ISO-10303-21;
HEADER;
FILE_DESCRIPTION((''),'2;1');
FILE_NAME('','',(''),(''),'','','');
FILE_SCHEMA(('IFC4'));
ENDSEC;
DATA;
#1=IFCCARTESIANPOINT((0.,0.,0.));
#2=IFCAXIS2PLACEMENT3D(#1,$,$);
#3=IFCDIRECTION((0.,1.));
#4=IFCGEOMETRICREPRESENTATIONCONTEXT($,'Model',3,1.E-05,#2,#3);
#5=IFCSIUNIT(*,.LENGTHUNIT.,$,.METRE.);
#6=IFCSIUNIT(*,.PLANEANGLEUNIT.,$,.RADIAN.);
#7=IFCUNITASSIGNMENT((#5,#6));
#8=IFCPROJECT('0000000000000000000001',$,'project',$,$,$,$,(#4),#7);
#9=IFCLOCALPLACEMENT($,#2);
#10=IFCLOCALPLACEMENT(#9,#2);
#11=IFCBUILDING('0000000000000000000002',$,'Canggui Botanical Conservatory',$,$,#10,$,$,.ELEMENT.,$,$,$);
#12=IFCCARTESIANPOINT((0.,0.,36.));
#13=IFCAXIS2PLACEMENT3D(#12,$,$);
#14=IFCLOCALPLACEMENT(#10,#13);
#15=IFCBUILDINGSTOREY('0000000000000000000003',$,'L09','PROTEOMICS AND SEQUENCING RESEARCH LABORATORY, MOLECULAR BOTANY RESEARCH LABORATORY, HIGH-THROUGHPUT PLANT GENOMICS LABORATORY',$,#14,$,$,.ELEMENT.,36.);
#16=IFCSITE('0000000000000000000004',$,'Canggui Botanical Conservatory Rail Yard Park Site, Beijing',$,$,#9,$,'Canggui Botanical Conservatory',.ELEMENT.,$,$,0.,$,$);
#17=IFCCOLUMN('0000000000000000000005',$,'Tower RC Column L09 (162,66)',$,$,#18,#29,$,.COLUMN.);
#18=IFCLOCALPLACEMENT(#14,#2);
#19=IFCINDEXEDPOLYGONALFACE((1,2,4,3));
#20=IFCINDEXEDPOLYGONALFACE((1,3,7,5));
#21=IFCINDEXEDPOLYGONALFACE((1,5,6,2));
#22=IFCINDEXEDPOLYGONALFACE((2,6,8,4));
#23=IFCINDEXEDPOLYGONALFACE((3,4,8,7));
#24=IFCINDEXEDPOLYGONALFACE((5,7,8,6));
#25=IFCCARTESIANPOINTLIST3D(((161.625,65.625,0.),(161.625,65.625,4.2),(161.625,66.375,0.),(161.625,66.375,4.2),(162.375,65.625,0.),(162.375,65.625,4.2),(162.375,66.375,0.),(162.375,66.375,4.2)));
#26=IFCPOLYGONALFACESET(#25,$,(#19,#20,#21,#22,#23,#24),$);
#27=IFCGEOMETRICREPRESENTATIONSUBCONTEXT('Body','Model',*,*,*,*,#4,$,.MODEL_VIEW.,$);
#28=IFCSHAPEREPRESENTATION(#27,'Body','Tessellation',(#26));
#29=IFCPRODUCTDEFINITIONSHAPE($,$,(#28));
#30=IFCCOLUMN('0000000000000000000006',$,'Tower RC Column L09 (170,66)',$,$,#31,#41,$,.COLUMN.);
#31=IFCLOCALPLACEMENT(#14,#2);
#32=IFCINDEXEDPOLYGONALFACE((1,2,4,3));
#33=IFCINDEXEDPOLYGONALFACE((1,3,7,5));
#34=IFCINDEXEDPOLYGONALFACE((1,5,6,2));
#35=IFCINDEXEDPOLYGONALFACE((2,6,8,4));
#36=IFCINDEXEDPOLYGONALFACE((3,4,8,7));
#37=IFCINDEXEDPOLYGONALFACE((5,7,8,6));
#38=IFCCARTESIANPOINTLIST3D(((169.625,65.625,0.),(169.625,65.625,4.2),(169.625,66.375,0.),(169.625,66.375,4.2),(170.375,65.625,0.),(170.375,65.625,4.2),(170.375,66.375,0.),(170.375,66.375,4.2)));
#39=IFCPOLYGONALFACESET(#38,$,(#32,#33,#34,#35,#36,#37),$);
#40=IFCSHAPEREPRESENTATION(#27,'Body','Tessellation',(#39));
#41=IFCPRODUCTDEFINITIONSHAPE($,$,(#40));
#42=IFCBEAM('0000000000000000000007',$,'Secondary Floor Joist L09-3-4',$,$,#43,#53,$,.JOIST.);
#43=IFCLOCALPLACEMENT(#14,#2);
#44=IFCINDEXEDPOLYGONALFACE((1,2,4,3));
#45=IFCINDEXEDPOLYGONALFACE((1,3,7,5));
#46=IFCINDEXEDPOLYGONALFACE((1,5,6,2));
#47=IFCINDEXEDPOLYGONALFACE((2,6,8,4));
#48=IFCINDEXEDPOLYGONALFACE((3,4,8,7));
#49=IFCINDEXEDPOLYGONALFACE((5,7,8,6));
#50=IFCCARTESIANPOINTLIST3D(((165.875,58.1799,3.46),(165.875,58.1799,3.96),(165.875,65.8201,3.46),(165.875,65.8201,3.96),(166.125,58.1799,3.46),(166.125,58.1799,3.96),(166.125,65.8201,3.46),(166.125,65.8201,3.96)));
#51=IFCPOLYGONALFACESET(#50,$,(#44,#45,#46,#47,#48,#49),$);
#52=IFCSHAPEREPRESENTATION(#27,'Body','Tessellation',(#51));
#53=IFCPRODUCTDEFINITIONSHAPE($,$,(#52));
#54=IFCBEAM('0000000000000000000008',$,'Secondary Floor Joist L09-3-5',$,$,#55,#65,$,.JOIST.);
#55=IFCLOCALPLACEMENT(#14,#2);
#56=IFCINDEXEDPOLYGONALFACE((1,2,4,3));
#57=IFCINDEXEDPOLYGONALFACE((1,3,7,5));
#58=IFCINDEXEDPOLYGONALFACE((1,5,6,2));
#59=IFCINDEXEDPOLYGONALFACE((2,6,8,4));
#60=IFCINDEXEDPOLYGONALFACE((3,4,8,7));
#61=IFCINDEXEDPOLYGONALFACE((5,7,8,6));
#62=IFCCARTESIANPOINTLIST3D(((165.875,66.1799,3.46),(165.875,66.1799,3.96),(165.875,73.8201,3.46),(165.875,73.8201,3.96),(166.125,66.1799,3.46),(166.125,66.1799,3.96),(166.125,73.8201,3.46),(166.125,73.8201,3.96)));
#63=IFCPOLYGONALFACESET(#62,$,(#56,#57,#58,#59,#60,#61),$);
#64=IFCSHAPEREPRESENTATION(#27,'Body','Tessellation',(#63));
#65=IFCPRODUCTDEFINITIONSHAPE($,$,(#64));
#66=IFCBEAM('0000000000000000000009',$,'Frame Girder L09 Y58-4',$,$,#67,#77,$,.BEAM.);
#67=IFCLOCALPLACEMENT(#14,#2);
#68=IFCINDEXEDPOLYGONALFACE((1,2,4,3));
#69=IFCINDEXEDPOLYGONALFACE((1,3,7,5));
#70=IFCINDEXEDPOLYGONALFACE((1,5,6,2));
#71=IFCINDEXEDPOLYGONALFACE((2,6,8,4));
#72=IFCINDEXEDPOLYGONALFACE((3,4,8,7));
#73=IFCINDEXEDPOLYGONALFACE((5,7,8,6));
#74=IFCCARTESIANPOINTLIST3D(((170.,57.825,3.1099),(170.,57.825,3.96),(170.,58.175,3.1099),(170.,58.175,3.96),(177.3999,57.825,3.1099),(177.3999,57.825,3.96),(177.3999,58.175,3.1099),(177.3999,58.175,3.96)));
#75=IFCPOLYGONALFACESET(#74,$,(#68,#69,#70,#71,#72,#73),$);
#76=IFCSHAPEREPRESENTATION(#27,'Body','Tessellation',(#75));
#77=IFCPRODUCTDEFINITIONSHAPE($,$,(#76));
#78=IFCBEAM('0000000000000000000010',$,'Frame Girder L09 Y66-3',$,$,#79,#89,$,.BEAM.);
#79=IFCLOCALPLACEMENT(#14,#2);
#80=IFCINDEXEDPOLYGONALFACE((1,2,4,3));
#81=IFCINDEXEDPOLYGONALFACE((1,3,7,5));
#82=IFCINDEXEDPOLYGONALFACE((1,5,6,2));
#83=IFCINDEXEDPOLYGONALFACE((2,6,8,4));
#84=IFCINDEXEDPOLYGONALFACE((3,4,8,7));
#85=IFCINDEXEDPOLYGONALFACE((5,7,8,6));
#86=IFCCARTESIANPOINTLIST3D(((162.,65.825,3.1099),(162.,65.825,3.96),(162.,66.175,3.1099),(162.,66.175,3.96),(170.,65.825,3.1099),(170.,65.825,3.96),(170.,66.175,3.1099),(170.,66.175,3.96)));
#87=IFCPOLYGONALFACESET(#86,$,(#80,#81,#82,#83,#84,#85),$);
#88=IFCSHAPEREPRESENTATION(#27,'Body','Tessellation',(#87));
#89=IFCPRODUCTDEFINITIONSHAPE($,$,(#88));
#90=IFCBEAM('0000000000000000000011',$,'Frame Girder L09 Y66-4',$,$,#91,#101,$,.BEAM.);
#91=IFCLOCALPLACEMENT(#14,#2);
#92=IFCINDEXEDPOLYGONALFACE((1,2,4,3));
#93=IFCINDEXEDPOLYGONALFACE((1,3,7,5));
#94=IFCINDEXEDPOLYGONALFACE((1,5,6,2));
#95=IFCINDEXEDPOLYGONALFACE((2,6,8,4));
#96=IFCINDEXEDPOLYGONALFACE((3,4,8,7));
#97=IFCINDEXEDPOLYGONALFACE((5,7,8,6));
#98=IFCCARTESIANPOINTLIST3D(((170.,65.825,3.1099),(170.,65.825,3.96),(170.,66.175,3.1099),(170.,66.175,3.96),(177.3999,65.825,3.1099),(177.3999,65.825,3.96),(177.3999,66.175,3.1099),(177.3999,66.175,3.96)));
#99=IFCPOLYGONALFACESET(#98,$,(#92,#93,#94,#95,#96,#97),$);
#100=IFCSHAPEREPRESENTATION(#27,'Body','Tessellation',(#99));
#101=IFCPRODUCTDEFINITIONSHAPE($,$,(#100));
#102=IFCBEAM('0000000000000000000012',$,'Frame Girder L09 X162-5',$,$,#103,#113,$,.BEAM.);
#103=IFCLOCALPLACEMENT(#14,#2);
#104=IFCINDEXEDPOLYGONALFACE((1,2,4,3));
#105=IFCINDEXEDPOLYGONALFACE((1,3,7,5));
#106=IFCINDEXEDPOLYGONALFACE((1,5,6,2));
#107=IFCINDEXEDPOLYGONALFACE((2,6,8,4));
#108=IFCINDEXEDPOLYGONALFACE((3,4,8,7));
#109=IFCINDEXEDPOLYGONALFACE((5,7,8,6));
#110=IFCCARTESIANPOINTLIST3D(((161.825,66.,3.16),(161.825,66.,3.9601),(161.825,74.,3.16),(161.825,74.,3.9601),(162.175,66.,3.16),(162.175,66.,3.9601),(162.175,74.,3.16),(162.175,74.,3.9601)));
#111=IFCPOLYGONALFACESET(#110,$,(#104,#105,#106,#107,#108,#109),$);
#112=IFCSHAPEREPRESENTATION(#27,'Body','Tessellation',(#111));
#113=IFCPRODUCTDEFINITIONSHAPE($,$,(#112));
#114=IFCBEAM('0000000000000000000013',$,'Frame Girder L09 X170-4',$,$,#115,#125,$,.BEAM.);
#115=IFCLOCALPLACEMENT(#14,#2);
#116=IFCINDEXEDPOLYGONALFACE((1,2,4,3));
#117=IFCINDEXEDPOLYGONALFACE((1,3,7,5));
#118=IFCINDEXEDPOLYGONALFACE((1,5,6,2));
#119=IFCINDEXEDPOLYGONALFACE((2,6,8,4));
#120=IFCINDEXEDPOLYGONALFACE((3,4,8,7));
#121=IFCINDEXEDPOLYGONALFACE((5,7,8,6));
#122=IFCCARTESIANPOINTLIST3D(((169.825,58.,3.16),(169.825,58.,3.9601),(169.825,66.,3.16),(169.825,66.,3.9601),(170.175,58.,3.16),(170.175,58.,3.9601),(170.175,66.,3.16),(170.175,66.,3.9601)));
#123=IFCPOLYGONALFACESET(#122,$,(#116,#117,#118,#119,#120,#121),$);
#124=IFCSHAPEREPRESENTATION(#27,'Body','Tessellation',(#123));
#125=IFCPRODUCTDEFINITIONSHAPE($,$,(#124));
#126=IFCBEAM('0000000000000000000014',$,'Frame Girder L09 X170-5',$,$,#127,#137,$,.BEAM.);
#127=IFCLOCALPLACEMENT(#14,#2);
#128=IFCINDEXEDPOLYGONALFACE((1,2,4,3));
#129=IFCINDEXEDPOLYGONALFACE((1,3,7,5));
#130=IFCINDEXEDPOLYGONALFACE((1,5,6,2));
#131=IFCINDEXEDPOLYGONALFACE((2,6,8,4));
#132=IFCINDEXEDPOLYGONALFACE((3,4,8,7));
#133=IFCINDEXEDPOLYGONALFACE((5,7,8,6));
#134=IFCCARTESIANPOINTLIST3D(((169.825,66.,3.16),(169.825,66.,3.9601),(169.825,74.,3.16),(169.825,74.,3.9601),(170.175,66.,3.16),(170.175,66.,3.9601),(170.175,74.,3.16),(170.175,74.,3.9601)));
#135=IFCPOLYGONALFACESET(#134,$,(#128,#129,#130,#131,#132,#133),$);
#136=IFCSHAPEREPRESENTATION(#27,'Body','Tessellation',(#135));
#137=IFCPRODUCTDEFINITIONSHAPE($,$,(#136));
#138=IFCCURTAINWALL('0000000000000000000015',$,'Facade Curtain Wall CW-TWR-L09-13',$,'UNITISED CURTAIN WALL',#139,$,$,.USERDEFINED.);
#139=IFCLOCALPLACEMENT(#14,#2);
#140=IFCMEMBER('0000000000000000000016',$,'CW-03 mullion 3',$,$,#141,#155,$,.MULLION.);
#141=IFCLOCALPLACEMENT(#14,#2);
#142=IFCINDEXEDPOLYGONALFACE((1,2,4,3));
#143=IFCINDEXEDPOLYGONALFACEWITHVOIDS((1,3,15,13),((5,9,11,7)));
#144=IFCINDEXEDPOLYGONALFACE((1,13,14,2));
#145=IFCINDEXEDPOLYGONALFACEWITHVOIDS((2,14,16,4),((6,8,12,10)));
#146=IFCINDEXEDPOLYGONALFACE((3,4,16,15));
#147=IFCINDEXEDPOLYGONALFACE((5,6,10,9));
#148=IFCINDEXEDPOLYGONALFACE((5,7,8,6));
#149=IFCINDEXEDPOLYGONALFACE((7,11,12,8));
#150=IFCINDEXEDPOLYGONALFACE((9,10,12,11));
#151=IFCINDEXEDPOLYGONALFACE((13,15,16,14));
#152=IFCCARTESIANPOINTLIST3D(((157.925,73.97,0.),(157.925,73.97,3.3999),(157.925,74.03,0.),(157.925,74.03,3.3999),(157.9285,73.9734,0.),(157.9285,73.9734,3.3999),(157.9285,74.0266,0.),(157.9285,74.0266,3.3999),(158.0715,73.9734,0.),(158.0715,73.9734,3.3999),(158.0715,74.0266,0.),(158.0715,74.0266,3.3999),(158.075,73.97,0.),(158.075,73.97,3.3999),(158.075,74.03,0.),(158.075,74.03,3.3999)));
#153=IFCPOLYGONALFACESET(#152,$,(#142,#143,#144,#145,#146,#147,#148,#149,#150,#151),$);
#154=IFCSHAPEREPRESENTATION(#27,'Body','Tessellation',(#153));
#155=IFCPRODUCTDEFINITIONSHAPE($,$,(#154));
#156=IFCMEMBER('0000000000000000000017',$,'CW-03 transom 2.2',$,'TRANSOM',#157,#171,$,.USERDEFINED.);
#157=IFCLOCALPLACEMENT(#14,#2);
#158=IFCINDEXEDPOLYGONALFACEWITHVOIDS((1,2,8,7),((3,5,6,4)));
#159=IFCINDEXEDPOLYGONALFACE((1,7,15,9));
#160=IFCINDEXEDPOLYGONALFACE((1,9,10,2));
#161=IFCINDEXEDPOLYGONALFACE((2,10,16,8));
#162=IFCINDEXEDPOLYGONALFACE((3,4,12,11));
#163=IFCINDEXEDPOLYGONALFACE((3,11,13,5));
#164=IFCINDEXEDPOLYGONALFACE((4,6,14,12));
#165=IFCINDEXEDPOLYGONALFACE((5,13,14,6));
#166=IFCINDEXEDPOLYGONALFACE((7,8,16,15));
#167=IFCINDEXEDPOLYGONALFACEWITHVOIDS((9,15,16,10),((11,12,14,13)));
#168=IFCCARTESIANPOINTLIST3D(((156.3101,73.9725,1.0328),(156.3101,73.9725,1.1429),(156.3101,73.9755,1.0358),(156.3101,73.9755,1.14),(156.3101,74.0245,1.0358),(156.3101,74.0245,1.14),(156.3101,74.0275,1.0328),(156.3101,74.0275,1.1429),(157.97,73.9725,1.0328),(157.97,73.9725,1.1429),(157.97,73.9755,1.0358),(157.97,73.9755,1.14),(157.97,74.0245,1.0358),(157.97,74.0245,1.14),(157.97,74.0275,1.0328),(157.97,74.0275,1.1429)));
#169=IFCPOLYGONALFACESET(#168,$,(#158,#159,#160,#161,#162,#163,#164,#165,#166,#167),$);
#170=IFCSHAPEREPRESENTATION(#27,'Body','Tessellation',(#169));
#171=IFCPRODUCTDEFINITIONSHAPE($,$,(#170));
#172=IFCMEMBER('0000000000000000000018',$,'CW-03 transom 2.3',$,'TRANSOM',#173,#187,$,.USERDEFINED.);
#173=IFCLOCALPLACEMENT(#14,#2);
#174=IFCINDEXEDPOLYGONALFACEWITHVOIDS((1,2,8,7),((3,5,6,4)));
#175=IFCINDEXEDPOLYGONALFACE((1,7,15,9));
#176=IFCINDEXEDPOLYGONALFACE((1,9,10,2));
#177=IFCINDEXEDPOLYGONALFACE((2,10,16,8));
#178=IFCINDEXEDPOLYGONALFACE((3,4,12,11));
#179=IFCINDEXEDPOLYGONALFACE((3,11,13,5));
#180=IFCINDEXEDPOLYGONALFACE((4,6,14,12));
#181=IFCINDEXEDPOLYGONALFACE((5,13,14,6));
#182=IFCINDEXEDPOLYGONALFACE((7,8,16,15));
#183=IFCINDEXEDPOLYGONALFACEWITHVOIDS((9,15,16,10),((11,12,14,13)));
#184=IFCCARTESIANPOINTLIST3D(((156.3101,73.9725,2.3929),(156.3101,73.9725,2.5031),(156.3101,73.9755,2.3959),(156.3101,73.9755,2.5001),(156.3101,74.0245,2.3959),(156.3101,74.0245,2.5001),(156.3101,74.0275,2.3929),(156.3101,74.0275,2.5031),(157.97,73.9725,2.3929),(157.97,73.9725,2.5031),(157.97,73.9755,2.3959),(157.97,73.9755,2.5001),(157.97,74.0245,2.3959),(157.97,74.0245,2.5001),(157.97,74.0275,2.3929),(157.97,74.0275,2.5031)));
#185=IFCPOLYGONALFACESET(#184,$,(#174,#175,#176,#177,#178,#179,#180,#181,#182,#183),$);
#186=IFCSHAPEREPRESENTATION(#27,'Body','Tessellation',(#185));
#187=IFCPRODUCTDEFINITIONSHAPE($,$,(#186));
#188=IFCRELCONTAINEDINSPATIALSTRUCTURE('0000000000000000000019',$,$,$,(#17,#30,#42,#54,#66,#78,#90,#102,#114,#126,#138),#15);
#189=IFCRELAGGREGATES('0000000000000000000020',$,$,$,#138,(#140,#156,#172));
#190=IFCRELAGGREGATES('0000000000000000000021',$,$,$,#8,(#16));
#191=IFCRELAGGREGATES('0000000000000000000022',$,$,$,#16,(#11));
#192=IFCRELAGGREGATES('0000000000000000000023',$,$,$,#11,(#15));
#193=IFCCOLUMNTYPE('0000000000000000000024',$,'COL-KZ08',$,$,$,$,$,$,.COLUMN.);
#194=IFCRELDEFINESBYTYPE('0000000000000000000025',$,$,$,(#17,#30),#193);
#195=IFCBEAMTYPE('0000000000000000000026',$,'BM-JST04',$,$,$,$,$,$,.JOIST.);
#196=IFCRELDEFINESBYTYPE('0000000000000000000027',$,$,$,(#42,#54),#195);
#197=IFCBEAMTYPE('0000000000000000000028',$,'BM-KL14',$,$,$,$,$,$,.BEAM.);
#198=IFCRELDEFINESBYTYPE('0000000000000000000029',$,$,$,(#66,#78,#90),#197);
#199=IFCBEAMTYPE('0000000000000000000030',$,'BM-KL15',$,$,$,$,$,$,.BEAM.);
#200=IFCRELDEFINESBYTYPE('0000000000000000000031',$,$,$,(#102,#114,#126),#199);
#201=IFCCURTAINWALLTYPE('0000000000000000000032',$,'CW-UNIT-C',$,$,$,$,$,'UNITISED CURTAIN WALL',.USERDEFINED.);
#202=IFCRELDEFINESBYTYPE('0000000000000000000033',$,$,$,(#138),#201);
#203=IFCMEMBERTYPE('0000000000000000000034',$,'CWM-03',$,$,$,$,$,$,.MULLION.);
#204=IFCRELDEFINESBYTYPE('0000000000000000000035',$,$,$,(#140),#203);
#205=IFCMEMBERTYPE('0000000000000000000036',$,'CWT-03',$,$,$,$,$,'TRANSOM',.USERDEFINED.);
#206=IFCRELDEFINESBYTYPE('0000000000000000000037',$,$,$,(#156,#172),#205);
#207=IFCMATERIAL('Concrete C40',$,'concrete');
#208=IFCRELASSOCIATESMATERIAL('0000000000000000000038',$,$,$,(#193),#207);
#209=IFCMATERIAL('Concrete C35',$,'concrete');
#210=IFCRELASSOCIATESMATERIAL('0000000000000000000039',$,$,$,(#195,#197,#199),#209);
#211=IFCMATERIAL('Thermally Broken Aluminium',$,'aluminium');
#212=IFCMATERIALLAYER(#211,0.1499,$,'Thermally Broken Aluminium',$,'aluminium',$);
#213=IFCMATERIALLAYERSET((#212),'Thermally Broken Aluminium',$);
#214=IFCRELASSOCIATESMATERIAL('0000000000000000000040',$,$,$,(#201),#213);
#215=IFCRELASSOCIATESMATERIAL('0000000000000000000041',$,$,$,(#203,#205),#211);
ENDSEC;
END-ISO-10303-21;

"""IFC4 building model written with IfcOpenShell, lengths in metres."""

from ifc_helpers import new_model, si_unit, direction, frame, origin, origin_2d, place, context, subcontext, project, spatial, rectangle, hollow_rectangle, extrude, material, layer, layer_set, material_profile, profile_set, type_object, element, aggregate, save


model = new_model("IFC4")

# Units and contexts
model_context = context("Model", 3, precision=1e-05, world=origin(), true_north=direction((0.0, 1.0)))
body_context = subcontext(model_context, "Body", "Model", "MODEL_VIEW")
ifc_project = project(units=[si_unit("LENGTHUNIT", "METRE"), si_unit("PLANEANGLEUNIT", "RADIAN")], contexts=[model_context])

# Site, building, storey
site_placement = place(None, origin())
site = spatial("IfcSite", under=ifc_project, at=site_placement, Name="Canggui Botanical Conservatory Rail Yard Park Site, Beijing", LongName="Canggui Botanical Conservatory", CompositionType="ELEMENT", RefElevation=0.0)
building_placement = place(site_placement, origin())
building = spatial("IfcBuilding", under=site, at=building_placement, Name="Canggui Botanical Conservatory", CompositionType="ELEMENT")
storey_placement = place(building_placement, frame((0.0, 0.0, 36.0)))
storey = spatial("IfcBuildingStorey", under=building, at=storey_placement, Name="L09", Description="PROTEOMICS AND SEQUENCING RESEARCH LABORATORY, MOLECULAR BOTANY RESEARCH LABORATORY, HIGH-THROUGHPUT PLANT GENOMICS LABORATORY", CompositionType="ELEMENT", Elevation=36.0)

# Columns
ifc_material_1 = material(Name="Concrete C40", Category="concrete")
ifc_material_profile_1 = material_profile(ifc_material_1, rectangle(XDim=0.75, YDim=0.75, at=origin_2d()), Name="RC 750x750")
ifc_profile_set_1 = profile_set([ifc_material_profile_1], Name="Concrete C40")
column_type = type_object("IfcColumnType", Name="COL-KZ08", PredefinedType="COLUMN", material=ifc_profile_set_1)
for number, where, z_axis, x_axis, name in (
    (1, (162.0, 66.0, 0.0), (0.0, 0.0, 1.0), (1.0, 0.0, 0.0), "Tower RC Column L09 (162,66)"),
    (2, (170.0, 66.0, 0.0), (0.0, 0.0, 1.0), (1.0, 0.0, 0.0), "Tower RC Column L09 (170,66)"),
):
    element("IfcColumn", number, at=place(storey_placement, frame(where, z_axis=z_axis, x_axis=x_axis)), inside=storey, type_object=column_type, Name=name, PredefinedType="COLUMN", context=body_context, shape_type="SweptSolid", body=[
        extrude(rectangle(XDim=0.75, YDim=0.75, at=origin_2d()), origin(), (0.0, 0.0, 1.0), 4.2),
    ])

# Beams
ifc_material_2 = material(Name="Concrete C35", Category="concrete")
ifc_material_profile_2 = material_profile(ifc_material_2, rectangle(XDim=0.25, YDim=0.5, at=origin_2d()), Name="RB 250x500")
ifc_profile_set_2 = profile_set([ifc_material_profile_2], Name="Concrete C35")
beam_type_1 = type_object("IfcBeamType", Name="BM-JST04", PredefinedType="JOIST", material=ifc_profile_set_2)
for number, where, z_axis, x_axis, name in (
    (3, (166.0, 58.1799, 3.71), (0.0, 1.0, 0.0), (-1.0, 0.0, 0.0), "Secondary Floor Joist L09-3-4"),
    (4, (166.0, 66.1799, 3.71), (0.0, 1.0, 0.0), (-1.0, 0.0, 0.0), "Secondary Floor Joist L09-3-5"),
):
    element("IfcBeam", number, at=place(storey_placement, frame(where, z_axis=z_axis, x_axis=x_axis)), inside=storey, type_object=beam_type_1, Name=name, PredefinedType="JOIST", context=body_context, shape_type="SweptSolid", body=[
        extrude(rectangle(XDim=0.25, YDim=0.5, at=origin_2d()), origin(), (0.0, 0.0, 1.0), 7.6401),
    ])
ifc_material_profile_3 = material_profile(ifc_material_2, rectangle(XDim=0.3501, YDim=0.8501, at=origin_2d()), Name="RB 350x850")
ifc_profile_set_3 = profile_set([ifc_material_profile_3], Name="Concrete C35")
beam_type_2 = type_object("IfcBeamType", Name="BM-KL14", PredefinedType="BEAM", material=ifc_profile_set_3)
beam_1_placement = place(storey_placement, frame((170.0, 58.0, 3.5349), z_axis=(1.0, 0.0, 0.0), x_axis=(0.0, 1.0, 0.0)))
element("IfcBeam", 5, at=beam_1_placement, inside=storey, type_object=beam_type_2, Name="Frame Girder L09 Y58-4", PredefinedType="BEAM", context=body_context, shape_type="SweptSolid", body=[
    extrude(rectangle(XDim=0.3501, YDim=0.8501, at=origin_2d()), origin(), (0.0, 0.0, 1.0), 7.3999),
])
beam_2_placement = place(storey_placement, frame((162.0, 66.0, 3.5349), z_axis=(1.0, 0.0, 0.0), x_axis=(0.0, 1.0, 0.0)))
element("IfcBeam", 6, at=beam_2_placement, inside=storey, type_object=beam_type_2, Name="Frame Girder L09 Y66-3", PredefinedType="BEAM", context=body_context, shape_type="SweptSolid", body=[
    extrude(rectangle(XDim=0.3501, YDim=0.8501, at=origin_2d()), origin(), (0.0, 0.0, 1.0), 8.0),
])
beam_3_placement = place(storey_placement, frame((170.0, 66.0, 3.5349), z_axis=(1.0, 0.0, 0.0), x_axis=(0.0, 1.0, 0.0)))
element("IfcBeam", 7, at=beam_3_placement, inside=storey, type_object=beam_type_2, Name="Frame Girder L09 Y66-4", PredefinedType="BEAM", context=body_context, shape_type="SweptSolid", body=[
    extrude(rectangle(XDim=0.3501, YDim=0.8501, at=origin_2d()), origin(), (0.0, 0.0, 1.0), 7.3999),
])
ifc_material_profile_4 = material_profile(ifc_material_2, rectangle(XDim=0.3501, YDim=0.8, at=origin_2d()), Name="RB 350x800")
ifc_profile_set_4 = profile_set([ifc_material_profile_4], Name="Concrete C35")
beam_type_3 = type_object("IfcBeamType", Name="BM-KL15", PredefinedType="BEAM", material=ifc_profile_set_4)
for number, where, z_axis, x_axis, name in (
    (8, (162.0, 66.0, 3.5601), (0.0, 1.0, 0.0), (-1.0, 0.0, 0.0), "Frame Girder L09 X162-5"),
    (9, (170.0, 58.0, 3.5601), (0.0, 1.0, 0.0), (-1.0, 0.0, 0.0), "Frame Girder L09 X170-4"),
    (10, (170.0, 66.0, 3.5601), (0.0, 1.0, 0.0), (-1.0, 0.0, 0.0), "Frame Girder L09 X170-5"),
):
    element("IfcBeam", number, at=place(storey_placement, frame(where, z_axis=z_axis, x_axis=x_axis)), inside=storey, type_object=beam_type_3, Name=name, PredefinedType="BEAM", context=body_context, shape_type="SweptSolid", body=[
        extrude(rectangle(XDim=0.3501, YDim=0.8, at=origin_2d()), origin(), (0.0, 0.0, 1.0), 8.0),
    ])

# Curtain wall, members
ifc_material_3 = material(Name="Thermally Broken Aluminium", Category="aluminium")
ifc_layer_1 = layer(ifc_material_3, 0.1499, Name="Thermally Broken Aluminium", Category="aluminium")
ifc_layer_set_1 = layer_set([ifc_layer_1], Name="Thermally Broken Aluminium")
curtain_wall_type = type_object("IfcCurtainWallType", Name="CW-UNIT-C", ElementType="UNITISED CURTAIN WALL", PredefinedType="USERDEFINED", material=ifc_layer_set_1)
curtain_wall_placement = place(storey_placement, origin())
curtain_wall = element("IfcCurtainWall", 11, at=curtain_wall_placement, inside=storey, type_object=curtain_wall_type, Name="Facade Curtain Wall CW-TWR-L09-13", ObjectType="UNITISED CURTAIN WALL", PredefinedType="USERDEFINED")
ifc_material_profile_5 = material_profile(ifc_material_3, hollow_rectangle(XDim=0.0601, YDim=0.1499, WallThickness=0.0034, at=origin_2d()), Name="CWM 60x150x3.5")
ifc_profile_set_5 = profile_set([ifc_material_profile_5], Name="Thermally Broken Aluminium")
member_type_1 = type_object("IfcMemberType", Name="CWM-03", PredefinedType="MULLION", material=ifc_profile_set_5)
member_1_placement = place(storey_placement, frame((158.0, 74.0, 0.0), z_axis=(0.0, 0.0, 1.0), x_axis=(0.0, 1.0, 0.0)))
member_1 = element("IfcMember", 12, at=member_1_placement, type_object=member_type_1, Name="CW-03 mullion 3", PredefinedType="MULLION", context=body_context, shape_type="SweptSolid", body=[
    extrude(hollow_rectangle(XDim=0.0601, YDim=0.1499, WallThickness=0.0034, at=origin_2d()), origin(), (0.0, 0.0, 1.0), 3.3999),
])
ifc_material_profile_6 = material_profile(ifc_material_3, hollow_rectangle(XDim=0.0549, YDim=0.1101, WallThickness=0.0029, at=origin_2d()), Name="CWT 55x110x3")
ifc_profile_set_6 = profile_set([ifc_material_profile_6], Name="Thermally Broken Aluminium")
member_type_2 = type_object("IfcMemberType", Name="CWT-03", ElementType="TRANSOM", PredefinedType="USERDEFINED", material=ifc_profile_set_6)
member_2_placement = place(storey_placement, frame((156.3101, 74.0, 1.0879), z_axis=(1.0, 0.0, 0.0), x_axis=(0.0, 1.0, 0.0)))
member_2 = element("IfcMember", 13, at=member_2_placement, type_object=member_type_2, Name="CW-03 transom 2.2", ObjectType="TRANSOM", PredefinedType="USERDEFINED", context=body_context, shape_type="SweptSolid", body=[
    extrude(hollow_rectangle(XDim=0.0549, YDim=0.1101, WallThickness=0.0029, at=origin_2d()), origin(), (0.0, 0.0, 1.0), 1.6599),
])
member_3_placement = place(storey_placement, frame((156.3101, 74.0, 2.448), z_axis=(1.0, 0.0, 0.0), x_axis=(0.0, 1.0, 0.0)))
member_3 = element("IfcMember", 14, at=member_3_placement, type_object=member_type_2, Name="CW-03 transom 2.3", ObjectType="TRANSOM", PredefinedType="USERDEFINED", context=body_context, shape_type="SweptSolid", body=[
    extrude(hollow_rectangle(XDim=0.0549, YDim=0.1101, WallThickness=0.0029, at=origin_2d()), origin(), (0.0, 0.0, 1.0), 1.6599),
])
aggregate(curtain_wall, [member_1, member_2, member_3])

save(model, "model.ifc")
